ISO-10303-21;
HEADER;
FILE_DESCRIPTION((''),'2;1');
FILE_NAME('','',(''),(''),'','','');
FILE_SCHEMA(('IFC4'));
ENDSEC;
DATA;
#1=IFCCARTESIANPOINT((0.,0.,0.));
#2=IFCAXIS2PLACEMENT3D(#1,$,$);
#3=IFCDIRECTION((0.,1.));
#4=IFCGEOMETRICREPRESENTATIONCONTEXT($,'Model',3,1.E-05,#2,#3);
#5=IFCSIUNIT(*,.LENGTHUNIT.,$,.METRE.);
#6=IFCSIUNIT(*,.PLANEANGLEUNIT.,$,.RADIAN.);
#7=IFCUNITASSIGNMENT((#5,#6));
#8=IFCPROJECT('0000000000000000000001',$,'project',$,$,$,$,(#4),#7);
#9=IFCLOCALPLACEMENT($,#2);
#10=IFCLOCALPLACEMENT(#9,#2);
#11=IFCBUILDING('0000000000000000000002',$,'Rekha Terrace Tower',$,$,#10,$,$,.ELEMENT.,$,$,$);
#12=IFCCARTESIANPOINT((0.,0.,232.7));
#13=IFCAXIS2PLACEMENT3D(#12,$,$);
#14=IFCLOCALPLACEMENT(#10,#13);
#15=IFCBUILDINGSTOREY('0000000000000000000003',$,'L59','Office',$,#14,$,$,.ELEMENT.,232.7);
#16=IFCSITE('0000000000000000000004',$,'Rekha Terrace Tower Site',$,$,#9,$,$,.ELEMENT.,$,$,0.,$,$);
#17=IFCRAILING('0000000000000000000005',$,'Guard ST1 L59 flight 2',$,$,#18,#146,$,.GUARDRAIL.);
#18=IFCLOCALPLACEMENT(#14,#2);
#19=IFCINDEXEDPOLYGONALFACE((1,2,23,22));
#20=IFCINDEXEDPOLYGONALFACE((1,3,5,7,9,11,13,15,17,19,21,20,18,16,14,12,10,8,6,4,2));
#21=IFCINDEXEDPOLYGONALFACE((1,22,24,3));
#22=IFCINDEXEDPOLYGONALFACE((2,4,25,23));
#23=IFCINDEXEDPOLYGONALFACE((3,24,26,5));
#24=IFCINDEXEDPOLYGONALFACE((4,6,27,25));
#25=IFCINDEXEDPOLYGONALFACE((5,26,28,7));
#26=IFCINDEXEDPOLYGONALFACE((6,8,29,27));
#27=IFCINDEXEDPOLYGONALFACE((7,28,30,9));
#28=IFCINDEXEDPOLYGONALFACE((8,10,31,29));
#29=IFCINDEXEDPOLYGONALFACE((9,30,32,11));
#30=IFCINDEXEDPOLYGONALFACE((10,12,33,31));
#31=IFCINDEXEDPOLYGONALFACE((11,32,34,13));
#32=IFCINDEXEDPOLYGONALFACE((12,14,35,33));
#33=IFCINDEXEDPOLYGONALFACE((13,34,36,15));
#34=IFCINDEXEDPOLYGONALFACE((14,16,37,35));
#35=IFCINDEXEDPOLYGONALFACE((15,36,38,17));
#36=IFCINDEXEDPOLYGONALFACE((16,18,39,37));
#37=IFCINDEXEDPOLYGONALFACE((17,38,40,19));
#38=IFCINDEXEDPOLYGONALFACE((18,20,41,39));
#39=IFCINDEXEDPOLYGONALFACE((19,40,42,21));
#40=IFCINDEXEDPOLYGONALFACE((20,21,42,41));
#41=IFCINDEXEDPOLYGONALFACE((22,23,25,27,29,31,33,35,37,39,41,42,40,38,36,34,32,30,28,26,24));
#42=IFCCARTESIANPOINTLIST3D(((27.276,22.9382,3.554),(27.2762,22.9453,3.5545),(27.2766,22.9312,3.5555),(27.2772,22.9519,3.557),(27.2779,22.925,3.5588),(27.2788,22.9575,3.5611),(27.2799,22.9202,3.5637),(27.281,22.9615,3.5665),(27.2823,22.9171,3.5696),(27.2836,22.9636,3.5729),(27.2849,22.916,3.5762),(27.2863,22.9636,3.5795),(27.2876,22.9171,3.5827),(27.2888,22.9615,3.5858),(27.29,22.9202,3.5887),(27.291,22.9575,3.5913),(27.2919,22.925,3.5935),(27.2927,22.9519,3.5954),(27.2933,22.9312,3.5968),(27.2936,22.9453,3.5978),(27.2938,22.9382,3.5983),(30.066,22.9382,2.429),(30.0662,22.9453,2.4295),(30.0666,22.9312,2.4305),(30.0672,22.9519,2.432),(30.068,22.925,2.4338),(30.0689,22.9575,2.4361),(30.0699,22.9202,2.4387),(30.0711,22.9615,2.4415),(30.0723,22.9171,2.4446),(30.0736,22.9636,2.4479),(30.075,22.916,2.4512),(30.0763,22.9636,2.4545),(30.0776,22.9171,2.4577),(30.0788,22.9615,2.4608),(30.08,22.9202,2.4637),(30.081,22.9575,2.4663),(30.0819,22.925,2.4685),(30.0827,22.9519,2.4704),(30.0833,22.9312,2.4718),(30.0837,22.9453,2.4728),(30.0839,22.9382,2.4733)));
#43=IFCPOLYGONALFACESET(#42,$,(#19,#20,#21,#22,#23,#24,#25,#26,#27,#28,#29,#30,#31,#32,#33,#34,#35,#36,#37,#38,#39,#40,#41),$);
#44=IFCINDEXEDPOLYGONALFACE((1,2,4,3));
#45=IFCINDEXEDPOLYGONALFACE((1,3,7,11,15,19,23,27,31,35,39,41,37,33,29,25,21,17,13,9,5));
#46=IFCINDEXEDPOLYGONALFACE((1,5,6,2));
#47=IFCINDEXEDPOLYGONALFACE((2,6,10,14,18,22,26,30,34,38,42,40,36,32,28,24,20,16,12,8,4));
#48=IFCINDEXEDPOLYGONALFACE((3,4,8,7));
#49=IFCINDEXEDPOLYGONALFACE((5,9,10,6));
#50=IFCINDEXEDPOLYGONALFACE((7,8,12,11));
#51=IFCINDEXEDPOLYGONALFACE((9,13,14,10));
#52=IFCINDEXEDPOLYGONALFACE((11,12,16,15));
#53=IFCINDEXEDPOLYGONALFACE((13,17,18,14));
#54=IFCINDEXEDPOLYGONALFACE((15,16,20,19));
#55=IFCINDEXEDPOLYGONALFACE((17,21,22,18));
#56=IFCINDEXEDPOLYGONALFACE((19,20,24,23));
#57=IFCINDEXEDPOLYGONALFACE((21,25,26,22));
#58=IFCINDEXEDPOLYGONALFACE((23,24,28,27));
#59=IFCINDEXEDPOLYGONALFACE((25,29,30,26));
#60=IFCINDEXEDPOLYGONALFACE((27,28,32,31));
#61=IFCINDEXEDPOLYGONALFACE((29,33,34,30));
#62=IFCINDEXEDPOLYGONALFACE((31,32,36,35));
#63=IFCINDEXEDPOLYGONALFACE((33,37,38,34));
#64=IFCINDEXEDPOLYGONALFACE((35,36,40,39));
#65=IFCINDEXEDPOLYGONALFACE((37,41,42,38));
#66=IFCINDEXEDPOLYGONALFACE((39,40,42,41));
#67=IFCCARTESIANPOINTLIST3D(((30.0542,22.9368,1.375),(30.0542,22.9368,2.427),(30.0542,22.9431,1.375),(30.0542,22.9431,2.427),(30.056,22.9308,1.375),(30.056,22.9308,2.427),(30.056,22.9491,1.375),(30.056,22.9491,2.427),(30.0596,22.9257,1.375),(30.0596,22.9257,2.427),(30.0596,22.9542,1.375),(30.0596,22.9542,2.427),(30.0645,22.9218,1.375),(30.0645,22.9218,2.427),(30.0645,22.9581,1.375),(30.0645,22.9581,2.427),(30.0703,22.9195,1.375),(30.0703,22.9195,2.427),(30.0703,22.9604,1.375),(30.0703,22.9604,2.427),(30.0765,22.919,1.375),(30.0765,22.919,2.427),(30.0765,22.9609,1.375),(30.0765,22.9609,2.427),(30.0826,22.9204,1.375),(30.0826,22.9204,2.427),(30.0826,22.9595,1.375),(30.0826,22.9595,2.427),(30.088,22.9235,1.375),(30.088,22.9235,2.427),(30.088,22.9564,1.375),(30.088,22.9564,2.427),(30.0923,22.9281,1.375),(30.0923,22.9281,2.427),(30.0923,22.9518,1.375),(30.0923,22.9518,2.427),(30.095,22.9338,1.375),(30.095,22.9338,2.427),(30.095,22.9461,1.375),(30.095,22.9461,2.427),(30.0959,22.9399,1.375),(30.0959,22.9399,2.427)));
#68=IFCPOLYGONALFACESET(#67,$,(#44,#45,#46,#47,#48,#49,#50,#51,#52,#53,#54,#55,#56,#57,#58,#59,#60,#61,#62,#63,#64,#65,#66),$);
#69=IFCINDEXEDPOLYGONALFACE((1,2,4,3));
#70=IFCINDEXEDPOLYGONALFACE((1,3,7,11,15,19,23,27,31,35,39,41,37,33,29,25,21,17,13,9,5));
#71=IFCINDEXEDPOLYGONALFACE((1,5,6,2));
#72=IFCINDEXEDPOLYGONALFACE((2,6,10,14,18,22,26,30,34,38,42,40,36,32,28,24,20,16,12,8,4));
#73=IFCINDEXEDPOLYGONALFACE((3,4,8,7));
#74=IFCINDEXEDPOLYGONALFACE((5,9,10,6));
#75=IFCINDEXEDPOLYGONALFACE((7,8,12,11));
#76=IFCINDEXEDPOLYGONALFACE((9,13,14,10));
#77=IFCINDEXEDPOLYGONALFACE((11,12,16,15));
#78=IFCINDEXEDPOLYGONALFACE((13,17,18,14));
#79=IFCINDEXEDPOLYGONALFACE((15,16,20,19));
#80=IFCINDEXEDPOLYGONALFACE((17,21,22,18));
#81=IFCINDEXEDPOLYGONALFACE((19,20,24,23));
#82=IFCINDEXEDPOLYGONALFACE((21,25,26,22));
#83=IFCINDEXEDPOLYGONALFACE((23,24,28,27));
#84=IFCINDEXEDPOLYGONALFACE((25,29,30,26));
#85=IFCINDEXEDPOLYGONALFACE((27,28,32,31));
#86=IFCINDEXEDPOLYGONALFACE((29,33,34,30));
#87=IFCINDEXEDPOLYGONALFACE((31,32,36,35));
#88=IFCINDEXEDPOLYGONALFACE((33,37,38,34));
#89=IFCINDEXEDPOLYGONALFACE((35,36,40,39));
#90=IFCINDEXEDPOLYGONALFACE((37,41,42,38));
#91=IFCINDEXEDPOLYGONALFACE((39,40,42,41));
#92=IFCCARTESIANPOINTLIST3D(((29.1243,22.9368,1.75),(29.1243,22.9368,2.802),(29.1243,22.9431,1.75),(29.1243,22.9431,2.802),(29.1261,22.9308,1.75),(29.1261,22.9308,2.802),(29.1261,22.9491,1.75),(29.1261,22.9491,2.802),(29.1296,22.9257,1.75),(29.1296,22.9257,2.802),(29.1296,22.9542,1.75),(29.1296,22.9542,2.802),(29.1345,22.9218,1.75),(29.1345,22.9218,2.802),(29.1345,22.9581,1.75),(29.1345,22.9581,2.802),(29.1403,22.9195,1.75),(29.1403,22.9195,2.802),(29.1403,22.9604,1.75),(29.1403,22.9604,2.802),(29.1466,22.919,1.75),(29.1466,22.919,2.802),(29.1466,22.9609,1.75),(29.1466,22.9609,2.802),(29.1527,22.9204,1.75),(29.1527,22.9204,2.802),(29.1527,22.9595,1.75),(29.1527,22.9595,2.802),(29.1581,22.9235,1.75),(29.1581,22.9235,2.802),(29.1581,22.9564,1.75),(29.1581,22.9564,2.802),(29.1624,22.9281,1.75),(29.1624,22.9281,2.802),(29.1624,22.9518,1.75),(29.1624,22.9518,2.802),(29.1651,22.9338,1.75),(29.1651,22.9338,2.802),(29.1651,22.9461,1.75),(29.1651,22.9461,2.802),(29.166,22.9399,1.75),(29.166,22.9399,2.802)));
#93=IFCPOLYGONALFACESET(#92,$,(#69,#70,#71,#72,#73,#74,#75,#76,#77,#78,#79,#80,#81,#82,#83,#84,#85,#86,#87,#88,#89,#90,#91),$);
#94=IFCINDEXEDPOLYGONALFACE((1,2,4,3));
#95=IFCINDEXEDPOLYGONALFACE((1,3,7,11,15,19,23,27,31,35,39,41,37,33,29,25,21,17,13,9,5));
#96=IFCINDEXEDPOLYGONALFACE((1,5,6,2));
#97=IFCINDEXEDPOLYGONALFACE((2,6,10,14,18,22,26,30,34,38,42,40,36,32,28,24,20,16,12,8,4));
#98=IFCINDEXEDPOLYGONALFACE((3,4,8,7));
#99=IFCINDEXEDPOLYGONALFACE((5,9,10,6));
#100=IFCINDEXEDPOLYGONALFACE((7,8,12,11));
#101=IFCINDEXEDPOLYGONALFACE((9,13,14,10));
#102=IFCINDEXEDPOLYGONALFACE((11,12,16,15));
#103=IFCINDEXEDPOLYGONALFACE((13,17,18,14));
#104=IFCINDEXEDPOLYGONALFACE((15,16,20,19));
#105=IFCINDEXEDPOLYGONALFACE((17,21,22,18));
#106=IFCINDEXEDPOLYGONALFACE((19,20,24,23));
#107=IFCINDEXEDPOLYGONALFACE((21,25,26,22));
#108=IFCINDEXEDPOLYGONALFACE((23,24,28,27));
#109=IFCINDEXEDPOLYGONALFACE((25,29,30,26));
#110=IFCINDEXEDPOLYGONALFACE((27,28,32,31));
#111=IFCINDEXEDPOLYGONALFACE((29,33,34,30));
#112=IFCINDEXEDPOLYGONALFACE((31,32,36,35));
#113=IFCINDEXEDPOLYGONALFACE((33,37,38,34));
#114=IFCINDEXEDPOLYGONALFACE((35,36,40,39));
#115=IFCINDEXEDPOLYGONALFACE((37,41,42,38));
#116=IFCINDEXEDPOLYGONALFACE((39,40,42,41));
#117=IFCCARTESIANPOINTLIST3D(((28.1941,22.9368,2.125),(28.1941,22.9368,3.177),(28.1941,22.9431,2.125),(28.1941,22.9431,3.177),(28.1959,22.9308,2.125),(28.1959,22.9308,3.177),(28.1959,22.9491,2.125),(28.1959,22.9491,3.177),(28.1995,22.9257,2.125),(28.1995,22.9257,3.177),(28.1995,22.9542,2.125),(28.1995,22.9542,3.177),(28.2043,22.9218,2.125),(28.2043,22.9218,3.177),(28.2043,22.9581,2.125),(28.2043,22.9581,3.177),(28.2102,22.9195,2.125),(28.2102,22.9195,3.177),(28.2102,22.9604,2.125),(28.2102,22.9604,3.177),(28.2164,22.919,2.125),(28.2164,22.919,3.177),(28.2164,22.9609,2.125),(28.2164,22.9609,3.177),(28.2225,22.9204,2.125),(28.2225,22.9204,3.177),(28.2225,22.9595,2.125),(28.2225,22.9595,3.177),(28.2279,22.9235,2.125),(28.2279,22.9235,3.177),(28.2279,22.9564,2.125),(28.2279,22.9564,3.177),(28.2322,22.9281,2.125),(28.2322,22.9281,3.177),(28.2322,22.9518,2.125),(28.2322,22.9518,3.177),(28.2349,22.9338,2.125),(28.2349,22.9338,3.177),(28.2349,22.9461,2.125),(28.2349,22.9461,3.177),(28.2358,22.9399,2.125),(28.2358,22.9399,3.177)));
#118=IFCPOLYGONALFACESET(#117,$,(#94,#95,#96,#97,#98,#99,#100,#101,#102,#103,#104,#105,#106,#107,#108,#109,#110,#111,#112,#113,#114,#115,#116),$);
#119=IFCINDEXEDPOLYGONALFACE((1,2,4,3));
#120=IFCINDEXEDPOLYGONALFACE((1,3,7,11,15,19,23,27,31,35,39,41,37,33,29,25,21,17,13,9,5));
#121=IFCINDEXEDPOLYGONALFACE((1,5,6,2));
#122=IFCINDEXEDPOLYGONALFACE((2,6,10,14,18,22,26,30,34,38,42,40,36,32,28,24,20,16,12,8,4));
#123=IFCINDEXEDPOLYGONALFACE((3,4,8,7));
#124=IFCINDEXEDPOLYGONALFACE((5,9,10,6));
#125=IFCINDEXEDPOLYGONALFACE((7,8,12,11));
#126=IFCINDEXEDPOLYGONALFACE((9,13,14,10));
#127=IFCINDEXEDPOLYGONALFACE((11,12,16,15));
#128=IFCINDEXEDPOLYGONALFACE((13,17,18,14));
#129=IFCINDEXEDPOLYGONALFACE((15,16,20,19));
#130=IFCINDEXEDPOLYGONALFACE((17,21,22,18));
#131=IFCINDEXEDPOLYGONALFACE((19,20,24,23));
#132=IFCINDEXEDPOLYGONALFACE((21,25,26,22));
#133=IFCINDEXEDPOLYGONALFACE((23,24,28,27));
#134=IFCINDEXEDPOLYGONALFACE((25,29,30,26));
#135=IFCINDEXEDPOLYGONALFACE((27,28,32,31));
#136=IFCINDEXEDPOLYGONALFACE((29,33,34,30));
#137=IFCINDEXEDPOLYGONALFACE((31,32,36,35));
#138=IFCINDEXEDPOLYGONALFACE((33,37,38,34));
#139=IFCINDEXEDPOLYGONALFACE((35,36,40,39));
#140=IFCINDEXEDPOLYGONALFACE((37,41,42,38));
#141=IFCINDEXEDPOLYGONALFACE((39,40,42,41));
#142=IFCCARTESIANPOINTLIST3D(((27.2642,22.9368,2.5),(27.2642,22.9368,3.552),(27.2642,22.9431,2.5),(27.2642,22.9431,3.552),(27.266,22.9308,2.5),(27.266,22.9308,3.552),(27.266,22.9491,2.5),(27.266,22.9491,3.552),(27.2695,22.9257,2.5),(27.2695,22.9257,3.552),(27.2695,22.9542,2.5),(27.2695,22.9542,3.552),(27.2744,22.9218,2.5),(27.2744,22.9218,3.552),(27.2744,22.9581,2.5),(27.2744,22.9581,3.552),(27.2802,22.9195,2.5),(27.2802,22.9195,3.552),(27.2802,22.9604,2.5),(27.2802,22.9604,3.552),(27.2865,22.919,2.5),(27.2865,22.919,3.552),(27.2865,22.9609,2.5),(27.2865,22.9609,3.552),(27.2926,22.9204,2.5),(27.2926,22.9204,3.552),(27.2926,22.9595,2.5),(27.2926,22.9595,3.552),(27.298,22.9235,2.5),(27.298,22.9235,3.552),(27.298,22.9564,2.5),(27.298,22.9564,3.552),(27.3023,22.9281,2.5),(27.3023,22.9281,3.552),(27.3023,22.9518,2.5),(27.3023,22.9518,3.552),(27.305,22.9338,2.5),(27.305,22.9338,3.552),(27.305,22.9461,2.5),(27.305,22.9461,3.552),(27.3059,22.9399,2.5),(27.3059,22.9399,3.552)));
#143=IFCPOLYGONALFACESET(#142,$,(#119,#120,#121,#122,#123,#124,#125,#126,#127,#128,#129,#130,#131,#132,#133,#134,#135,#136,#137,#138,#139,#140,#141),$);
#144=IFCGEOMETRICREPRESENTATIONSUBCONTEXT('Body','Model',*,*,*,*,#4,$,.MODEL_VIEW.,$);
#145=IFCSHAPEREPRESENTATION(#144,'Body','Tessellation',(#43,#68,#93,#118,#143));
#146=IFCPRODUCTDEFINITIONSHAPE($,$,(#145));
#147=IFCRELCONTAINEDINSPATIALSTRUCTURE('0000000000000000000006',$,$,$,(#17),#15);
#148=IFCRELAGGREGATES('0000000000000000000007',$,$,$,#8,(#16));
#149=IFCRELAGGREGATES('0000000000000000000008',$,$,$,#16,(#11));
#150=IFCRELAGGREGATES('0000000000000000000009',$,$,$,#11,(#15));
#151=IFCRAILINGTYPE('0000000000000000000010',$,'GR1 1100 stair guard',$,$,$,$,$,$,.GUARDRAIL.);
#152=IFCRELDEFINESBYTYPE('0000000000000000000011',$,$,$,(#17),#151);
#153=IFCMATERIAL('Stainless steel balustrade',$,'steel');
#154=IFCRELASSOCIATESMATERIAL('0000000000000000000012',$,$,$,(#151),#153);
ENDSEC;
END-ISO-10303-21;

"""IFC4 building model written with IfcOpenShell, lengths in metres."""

from ifc_helpers import new_model, si_unit, direction, frame, origin, origin_2d, place, context, subcontext, project, spatial, circle, extrude, material, type_object, element, save


model = new_model("IFC4")

# Units and contexts
model_context = context("Model", 3, precision=1e-05, world=origin(), true_north=direction((0.0, 1.0)))
body_context = subcontext(model_context, "Body", "Model", "MODEL_VIEW")
ifc_project = project(units=[si_unit("LENGTHUNIT", "METRE"), si_unit("PLANEANGLEUNIT", "RADIAN")], contexts=[model_context])

# Site, building, storey
site_placement = place(None, origin())
site = spatial("IfcSite", under=ifc_project, at=site_placement, Name="Rekha Terrace Tower Site", CompositionType="ELEMENT", RefElevation=0.0)
building_placement = place(site_placement, origin())
building = spatial("IfcBuilding", under=site, at=building_placement, Name="Rekha Terrace Tower", CompositionType="ELEMENT")
storey_placement = place(building_placement, frame((0.0, 0.0, 232.7)))
storey = spatial("IfcBuildingStorey", under=building, at=storey_placement, Name="L59", Description="Office", CompositionType="ELEMENT", Elevation=232.7)

# Railing
ifc_material_1 = material(Name="Stainless steel balustrade", Category="steel")
railing_type_1 = type_object("IfcRailingType", Name="GR1 1100 stair guard", PredefinedType="GUARDRAIL", material=ifc_material_1)
railing_1_placement = place(storey_placement, frame((30.075, 22.9399, 1.375)))
element("IfcRailing", 1, at=railing_1_placement, inside=storey, type_object=railing_type_1, Name="Guard ST1 L59 flight 2", PredefinedType="GUARDRAIL", context=body_context, shape_type="SweptSolid", body=[
    extrude(circle(Radius=0.0239, at=origin_2d()), frame((0.0, 0.0, 1.0762), z_axis=(-0.927443, 0.0, 0.373964), x_axis=(0.0, -1.0, 0.0)), (0.0, 0.0, 1.0), 3.0083),
    extrude(circle(Radius=0.021, at=origin_2d()), origin(), (0.0, 0.0, 1.0), 1.052),
    extrude(circle(Radius=0.021, at=origin_2d()), frame((-0.9299, 0.0, 0.375)), (0.0, 0.0, 1.0), 1.052),
    extrude(circle(Radius=0.021, at=origin_2d()), frame((-1.8601, 0.0, 0.75)), (0.0, 0.0, 1.0), 1.052),
    extrude(circle(Radius=0.021, at=origin_2d()), frame((-2.79, 0.0, 1.125)), (0.0, 0.0, 1.0), 1.052),
])

save(model, "model.ifc")
